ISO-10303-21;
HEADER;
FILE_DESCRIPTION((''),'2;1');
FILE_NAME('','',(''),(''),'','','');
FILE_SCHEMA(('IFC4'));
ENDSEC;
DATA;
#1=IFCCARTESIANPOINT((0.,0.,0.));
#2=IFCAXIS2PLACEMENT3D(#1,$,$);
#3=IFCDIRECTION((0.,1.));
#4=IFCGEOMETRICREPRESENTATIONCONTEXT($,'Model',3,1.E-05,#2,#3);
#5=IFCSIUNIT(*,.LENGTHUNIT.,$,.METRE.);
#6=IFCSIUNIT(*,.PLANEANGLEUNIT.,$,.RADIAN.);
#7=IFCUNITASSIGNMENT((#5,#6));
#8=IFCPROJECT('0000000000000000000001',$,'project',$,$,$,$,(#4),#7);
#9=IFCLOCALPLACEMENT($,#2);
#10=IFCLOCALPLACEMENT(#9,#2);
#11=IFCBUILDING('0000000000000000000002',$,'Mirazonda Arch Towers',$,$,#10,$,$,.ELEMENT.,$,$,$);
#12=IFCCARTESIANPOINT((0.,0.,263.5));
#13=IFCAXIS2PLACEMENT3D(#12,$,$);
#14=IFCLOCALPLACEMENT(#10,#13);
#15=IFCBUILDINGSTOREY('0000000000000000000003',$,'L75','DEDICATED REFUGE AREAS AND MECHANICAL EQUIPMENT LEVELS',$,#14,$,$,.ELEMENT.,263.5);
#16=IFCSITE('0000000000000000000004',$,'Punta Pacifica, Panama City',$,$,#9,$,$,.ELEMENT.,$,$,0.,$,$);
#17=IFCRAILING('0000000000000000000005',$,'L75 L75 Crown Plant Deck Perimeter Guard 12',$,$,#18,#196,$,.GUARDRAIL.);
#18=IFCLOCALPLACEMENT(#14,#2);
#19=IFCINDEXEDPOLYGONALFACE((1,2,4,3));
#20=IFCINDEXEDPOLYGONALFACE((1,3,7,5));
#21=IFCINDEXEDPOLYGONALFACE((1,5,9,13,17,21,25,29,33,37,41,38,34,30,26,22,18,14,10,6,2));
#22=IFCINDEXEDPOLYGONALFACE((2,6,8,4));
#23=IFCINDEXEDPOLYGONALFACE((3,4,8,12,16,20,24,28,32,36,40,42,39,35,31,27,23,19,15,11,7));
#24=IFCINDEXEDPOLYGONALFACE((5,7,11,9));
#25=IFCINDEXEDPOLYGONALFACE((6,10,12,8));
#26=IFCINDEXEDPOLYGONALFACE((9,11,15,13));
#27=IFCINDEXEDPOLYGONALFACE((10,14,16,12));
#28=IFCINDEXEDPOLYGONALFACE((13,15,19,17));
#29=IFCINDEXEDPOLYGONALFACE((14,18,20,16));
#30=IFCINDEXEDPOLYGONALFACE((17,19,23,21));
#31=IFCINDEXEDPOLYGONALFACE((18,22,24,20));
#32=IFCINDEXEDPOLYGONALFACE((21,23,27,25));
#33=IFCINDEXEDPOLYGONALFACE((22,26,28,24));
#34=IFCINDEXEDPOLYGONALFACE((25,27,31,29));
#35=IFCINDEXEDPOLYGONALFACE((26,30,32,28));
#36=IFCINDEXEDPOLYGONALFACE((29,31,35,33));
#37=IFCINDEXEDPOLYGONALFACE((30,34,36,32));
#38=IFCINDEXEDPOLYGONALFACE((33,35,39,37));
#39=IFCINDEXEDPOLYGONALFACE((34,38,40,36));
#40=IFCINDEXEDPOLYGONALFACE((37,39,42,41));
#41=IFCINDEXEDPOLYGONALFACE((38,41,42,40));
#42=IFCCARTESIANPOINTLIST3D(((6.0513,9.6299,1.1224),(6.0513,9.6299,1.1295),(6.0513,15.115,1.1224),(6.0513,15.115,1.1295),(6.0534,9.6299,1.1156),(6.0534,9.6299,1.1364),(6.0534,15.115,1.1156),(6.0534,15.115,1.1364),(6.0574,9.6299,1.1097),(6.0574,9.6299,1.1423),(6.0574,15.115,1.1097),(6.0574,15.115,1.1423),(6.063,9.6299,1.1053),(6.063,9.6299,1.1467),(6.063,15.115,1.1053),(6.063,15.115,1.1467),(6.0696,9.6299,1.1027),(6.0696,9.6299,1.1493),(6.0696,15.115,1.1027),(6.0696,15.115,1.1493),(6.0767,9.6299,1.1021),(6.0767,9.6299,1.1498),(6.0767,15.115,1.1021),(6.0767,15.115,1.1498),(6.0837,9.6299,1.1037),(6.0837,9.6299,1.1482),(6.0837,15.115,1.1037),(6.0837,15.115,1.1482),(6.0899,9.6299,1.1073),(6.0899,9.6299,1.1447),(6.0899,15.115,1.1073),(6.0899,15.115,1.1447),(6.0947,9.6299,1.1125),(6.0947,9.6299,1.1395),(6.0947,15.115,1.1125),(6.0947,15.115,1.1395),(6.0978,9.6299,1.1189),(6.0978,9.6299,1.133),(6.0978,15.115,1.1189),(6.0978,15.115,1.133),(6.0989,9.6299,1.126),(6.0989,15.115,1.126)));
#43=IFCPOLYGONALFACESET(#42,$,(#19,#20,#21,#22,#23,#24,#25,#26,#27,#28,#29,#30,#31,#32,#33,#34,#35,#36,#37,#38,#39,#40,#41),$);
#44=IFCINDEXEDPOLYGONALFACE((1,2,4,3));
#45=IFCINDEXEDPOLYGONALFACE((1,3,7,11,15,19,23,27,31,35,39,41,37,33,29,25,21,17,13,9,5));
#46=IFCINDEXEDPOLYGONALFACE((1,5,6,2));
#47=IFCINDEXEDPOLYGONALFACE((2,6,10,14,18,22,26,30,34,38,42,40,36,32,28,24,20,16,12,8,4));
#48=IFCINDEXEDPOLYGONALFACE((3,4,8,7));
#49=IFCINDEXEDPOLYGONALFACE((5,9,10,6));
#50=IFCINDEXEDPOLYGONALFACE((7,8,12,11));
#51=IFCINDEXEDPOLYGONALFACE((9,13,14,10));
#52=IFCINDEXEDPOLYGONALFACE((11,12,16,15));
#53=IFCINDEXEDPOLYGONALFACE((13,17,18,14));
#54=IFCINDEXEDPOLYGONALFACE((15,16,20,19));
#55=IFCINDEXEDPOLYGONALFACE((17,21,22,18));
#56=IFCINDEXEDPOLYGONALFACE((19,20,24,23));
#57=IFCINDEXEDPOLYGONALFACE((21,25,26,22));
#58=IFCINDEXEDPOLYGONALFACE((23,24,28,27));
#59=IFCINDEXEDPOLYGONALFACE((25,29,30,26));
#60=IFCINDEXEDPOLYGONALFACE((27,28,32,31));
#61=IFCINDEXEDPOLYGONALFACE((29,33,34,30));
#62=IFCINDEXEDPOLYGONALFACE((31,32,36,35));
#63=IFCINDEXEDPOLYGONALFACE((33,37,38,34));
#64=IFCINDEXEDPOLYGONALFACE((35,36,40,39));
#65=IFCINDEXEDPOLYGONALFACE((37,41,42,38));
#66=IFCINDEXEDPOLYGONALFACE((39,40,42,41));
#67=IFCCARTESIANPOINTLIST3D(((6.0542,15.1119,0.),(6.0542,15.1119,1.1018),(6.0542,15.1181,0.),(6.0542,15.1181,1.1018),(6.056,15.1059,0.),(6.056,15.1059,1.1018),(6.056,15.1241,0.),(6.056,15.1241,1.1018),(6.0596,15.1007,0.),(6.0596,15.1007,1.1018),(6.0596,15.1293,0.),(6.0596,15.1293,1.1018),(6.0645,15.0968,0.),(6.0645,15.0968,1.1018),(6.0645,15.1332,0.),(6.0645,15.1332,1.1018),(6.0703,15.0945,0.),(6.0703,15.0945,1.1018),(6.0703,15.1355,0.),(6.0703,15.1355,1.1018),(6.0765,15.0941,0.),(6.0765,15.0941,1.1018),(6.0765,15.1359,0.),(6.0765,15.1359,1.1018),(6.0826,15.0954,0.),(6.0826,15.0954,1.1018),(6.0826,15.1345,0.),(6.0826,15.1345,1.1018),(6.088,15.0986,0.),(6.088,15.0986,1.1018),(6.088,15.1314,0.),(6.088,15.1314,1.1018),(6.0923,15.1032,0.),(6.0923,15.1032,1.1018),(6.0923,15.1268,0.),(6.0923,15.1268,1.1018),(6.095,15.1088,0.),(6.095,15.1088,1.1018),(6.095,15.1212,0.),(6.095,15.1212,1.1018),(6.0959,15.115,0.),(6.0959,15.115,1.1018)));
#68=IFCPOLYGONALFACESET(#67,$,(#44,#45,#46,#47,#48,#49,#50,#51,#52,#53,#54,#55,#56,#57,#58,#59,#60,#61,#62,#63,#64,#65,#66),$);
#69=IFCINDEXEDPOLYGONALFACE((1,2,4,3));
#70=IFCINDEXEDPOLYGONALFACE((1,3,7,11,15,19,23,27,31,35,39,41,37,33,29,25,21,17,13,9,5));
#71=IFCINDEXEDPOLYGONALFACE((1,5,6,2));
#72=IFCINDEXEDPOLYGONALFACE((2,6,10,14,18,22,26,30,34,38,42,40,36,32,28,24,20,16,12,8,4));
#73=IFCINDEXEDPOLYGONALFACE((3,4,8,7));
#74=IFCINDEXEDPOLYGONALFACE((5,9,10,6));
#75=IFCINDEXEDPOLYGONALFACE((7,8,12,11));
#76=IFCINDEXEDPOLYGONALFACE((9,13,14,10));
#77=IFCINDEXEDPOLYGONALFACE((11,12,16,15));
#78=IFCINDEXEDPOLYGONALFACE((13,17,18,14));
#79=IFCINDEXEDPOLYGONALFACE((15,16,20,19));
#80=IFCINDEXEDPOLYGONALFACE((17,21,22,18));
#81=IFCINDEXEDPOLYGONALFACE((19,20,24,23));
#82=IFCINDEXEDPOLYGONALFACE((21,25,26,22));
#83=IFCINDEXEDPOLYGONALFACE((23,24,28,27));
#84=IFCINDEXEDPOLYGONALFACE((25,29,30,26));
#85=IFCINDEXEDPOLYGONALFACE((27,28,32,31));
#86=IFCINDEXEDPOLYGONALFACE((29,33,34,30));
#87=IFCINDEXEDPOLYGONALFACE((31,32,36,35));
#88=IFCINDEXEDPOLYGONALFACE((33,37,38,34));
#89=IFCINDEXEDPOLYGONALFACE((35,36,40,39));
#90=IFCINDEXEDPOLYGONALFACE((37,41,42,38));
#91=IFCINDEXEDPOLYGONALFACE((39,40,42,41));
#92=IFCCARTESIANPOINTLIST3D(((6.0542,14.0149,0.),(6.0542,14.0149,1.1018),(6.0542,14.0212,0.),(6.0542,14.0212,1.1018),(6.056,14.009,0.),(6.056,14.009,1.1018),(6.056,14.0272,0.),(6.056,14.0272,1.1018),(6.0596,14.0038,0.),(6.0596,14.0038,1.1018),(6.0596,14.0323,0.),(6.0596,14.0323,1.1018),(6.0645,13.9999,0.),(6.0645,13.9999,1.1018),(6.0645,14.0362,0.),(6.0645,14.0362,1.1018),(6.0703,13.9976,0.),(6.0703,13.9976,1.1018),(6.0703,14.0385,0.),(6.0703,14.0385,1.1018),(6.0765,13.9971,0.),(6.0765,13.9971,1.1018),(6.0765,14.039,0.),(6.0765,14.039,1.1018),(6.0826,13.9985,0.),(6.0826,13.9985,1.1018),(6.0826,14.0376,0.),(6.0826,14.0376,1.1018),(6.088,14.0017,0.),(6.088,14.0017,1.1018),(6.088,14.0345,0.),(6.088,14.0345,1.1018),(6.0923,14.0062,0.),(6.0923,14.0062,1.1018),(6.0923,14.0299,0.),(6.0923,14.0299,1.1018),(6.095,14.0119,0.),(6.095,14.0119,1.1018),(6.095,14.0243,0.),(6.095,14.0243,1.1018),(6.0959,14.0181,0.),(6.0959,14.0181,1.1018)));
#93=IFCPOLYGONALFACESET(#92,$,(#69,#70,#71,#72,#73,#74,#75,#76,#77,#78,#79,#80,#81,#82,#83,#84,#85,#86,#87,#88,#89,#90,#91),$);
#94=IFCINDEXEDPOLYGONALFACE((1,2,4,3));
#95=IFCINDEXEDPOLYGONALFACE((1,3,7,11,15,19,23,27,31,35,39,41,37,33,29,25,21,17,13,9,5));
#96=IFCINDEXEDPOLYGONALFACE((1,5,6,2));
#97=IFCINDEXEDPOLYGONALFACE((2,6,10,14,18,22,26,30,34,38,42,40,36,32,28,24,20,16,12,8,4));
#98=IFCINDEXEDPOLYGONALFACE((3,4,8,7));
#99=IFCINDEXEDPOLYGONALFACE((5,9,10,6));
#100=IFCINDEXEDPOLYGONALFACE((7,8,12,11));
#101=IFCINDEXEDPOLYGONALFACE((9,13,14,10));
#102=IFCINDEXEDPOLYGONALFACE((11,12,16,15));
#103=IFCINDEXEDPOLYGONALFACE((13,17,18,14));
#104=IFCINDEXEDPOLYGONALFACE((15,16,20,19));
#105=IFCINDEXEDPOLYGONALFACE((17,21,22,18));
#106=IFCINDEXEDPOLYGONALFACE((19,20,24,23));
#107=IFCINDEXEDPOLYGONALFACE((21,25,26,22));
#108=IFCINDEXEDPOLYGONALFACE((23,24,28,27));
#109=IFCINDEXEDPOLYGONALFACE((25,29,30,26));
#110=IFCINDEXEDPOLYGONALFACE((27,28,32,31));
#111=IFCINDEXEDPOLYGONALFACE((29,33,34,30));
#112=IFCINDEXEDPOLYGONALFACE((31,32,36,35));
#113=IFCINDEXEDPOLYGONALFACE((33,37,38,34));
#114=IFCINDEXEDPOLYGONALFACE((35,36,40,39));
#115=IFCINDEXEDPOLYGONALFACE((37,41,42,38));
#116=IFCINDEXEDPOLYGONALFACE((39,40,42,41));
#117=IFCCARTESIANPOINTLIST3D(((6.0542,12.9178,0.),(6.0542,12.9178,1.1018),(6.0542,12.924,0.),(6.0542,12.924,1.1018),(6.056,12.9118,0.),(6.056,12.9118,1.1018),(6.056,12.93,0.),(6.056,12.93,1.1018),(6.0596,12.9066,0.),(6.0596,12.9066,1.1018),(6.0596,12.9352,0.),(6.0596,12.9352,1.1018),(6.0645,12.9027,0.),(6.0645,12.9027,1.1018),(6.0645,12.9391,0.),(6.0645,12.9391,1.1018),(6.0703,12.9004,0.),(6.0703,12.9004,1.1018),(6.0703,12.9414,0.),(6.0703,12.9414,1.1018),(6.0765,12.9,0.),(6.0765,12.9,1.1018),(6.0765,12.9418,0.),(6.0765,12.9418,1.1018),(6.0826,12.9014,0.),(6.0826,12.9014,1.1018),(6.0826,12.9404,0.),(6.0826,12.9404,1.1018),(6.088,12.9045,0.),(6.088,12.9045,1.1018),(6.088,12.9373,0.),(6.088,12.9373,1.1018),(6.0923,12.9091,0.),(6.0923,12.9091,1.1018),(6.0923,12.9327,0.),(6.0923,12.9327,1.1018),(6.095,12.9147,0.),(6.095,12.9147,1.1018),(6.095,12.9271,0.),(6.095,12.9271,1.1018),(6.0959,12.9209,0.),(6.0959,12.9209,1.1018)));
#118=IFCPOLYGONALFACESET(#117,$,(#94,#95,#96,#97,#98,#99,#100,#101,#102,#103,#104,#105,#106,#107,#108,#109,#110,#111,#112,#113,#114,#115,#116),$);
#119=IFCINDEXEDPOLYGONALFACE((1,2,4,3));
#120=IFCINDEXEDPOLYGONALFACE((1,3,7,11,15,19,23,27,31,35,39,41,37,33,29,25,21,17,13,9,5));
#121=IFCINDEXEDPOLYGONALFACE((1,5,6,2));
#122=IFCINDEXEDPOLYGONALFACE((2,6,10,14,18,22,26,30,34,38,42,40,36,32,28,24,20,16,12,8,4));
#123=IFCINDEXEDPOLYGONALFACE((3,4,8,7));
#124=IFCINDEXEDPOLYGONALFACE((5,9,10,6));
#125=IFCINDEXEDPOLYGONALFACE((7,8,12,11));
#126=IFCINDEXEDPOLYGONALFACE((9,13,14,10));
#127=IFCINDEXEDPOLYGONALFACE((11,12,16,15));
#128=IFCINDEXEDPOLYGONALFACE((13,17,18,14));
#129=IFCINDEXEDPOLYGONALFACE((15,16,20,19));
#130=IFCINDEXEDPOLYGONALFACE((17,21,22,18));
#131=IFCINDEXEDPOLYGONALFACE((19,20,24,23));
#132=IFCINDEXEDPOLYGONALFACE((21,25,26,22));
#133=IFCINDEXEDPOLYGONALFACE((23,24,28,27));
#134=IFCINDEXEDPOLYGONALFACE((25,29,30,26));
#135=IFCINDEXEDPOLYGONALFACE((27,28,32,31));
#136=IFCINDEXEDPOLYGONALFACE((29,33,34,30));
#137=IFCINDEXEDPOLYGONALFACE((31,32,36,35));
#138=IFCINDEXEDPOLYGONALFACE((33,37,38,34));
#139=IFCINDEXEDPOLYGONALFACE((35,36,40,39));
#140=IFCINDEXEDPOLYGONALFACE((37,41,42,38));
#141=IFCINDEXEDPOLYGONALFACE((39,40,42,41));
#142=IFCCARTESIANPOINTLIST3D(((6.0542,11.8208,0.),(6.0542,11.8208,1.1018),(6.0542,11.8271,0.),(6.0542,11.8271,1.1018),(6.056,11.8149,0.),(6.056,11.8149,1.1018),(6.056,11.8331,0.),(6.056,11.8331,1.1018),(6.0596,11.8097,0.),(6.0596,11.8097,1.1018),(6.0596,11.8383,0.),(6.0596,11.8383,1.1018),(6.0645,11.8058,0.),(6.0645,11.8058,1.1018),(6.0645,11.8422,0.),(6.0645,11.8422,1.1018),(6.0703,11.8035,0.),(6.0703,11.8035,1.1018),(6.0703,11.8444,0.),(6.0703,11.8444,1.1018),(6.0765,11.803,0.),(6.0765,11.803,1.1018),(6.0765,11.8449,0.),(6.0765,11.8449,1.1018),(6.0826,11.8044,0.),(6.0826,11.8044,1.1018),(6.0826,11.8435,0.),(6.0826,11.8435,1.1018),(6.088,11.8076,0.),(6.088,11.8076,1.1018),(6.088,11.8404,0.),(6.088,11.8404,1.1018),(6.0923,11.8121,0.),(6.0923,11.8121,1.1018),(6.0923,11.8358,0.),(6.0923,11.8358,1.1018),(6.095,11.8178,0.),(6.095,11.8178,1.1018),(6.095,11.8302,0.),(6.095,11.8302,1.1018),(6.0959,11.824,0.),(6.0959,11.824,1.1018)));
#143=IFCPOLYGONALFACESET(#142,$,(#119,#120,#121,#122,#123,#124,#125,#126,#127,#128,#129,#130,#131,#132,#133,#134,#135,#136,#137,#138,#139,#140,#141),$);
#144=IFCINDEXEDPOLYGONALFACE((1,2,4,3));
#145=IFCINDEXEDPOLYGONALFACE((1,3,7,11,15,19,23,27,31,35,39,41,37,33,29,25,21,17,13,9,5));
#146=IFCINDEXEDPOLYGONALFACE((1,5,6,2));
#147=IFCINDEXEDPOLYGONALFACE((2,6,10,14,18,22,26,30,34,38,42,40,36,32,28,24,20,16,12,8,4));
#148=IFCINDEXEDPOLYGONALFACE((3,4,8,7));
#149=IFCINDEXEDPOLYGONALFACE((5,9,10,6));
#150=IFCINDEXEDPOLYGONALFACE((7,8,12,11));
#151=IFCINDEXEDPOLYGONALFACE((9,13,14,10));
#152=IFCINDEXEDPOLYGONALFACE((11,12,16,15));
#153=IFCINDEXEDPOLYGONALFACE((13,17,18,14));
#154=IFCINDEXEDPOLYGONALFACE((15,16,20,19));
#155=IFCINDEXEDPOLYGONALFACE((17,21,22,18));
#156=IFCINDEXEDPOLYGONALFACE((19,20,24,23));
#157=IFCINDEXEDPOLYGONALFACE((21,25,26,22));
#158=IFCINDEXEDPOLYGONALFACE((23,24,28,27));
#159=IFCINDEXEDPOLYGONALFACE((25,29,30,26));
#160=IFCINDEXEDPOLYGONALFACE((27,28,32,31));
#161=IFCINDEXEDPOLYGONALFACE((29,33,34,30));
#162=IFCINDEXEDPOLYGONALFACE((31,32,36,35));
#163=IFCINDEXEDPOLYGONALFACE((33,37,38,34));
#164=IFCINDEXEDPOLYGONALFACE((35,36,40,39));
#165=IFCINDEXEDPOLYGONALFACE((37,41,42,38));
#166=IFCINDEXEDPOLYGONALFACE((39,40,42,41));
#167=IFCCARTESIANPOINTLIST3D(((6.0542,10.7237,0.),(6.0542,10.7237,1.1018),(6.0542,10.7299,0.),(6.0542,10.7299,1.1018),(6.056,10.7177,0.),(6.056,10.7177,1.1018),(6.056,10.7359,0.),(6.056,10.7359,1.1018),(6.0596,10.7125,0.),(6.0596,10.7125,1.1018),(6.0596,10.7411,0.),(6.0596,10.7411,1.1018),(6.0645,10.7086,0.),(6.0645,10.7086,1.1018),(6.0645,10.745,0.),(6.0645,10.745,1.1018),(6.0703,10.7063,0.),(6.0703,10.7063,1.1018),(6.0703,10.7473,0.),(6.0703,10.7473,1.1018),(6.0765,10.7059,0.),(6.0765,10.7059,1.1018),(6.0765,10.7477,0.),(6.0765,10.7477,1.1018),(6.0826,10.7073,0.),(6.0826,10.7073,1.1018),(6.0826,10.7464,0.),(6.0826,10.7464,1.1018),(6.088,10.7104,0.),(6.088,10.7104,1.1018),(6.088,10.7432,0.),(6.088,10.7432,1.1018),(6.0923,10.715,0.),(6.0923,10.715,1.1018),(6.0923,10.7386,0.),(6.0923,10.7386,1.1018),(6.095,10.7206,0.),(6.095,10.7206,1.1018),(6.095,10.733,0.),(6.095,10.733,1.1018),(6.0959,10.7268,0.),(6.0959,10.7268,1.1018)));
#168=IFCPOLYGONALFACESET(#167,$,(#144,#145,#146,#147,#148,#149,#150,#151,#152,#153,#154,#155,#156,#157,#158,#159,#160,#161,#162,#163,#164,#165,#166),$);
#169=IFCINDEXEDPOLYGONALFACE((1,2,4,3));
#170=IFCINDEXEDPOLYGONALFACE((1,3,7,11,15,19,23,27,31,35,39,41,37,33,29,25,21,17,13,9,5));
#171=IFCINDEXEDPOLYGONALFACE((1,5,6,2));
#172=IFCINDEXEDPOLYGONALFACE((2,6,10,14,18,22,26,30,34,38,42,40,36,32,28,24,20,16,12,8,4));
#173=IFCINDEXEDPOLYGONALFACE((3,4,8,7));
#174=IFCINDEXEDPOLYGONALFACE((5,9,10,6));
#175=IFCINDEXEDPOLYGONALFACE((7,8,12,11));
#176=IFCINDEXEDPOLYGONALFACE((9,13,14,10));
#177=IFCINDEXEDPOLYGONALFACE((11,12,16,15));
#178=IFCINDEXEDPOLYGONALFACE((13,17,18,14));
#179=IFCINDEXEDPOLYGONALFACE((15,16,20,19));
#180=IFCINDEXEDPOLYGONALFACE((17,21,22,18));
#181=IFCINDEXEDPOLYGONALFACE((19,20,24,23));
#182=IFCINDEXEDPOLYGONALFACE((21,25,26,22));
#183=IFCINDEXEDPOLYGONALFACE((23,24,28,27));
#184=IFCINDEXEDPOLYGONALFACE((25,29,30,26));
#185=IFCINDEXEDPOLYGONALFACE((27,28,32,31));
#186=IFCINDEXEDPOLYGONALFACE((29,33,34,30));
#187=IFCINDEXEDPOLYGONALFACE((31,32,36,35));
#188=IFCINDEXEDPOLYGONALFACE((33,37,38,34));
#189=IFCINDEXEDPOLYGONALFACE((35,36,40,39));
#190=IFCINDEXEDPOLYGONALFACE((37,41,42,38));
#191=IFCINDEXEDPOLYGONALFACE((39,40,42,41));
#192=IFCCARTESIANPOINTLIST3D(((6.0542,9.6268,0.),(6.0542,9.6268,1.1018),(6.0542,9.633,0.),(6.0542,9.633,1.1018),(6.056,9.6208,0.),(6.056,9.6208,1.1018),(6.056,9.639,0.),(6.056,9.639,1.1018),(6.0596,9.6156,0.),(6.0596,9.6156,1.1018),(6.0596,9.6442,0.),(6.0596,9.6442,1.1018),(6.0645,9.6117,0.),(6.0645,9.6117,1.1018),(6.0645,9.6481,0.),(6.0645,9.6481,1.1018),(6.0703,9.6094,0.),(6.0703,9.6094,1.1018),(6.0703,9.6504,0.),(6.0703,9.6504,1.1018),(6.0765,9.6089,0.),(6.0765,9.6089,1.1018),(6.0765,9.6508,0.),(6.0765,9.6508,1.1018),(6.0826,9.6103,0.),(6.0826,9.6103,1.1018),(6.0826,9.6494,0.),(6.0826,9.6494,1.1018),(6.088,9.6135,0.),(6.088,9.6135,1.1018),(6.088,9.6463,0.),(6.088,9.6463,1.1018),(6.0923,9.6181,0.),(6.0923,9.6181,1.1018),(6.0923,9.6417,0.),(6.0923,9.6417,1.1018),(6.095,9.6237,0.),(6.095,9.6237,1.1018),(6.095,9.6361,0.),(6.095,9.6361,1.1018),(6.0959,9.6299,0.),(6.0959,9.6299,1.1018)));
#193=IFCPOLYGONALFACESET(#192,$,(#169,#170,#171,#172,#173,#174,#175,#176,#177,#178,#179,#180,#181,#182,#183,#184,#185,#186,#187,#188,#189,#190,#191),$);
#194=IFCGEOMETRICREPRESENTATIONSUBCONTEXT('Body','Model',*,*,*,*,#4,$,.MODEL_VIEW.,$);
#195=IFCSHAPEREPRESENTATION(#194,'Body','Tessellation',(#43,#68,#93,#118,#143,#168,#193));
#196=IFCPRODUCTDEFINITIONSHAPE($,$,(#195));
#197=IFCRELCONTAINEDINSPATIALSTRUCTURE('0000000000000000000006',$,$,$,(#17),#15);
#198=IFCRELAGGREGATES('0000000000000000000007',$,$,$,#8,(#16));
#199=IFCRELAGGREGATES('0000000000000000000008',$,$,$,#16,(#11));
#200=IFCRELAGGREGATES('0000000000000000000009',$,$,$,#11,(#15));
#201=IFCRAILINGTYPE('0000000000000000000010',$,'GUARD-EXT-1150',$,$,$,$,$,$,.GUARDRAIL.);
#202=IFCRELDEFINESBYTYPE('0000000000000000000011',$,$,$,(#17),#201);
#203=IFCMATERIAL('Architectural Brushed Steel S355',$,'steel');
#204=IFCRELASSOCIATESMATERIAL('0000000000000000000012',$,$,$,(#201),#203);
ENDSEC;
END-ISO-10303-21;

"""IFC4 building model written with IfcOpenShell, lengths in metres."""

from ifc_helpers import new_model, si_unit, direction, frame, origin, origin_2d, place, context, subcontext, project, spatial, circle, extrude, material, type_object, element, save


model = new_model("IFC4")

# Units and contexts
model_context = context("Model", 3, precision=1e-05, world=origin(), true_north=direction((0.0, 1.0)))
body_context = subcontext(model_context, "Body", "Model", "MODEL_VIEW")
ifc_project = project(units=[si_unit("LENGTHUNIT", "METRE"), si_unit("PLANEANGLEUNIT", "RADIAN")], contexts=[model_context])

# Site, building, storey
site_placement = place(None, origin())
site = spatial("IfcSite", under=ifc_project, at=site_placement, Name="Punta Pacifica, Panama City", CompositionType="ELEMENT", RefElevation=0.0)
building_placement = place(site_placement, origin())
building = spatial("IfcBuilding", under=site, at=building_placement, Name="Mirazonda Arch Towers", CompositionType="ELEMENT")
storey_placement = place(building_placement, frame((0.0, 0.0, 263.5)))
storey = spatial("IfcBuildingStorey", under=building, at=storey_placement, Name="L75", Description="DEDICATED REFUGE AREAS AND MECHANICAL EQUIPMENT LEVELS", CompositionType="ELEMENT", Elevation=263.5)

# Railing
ifc_material_1 = material(Name="Architectural Brushed Steel S355", Category="steel")
railing_type = type_object("IfcRailingType", Name="GUARD-EXT-1150", PredefinedType="GUARDRAIL", material=ifc_material_1)
railing_1_placement = place(storey_placement, frame((6.075, 15.115, 0.0)))
element("IfcRailing", 1, at=railing_1_placement, inside=storey, type_object=railing_type, Name="L75 L75 Crown Plant Deck Perimeter Guard 12", PredefinedType="GUARDRAIL", context=body_context, shape_type="SweptSolid", body=[
    extrude(circle(Radius=0.0239, at=origin_2d()), frame((0.0, 0.0, 1.126), z_axis=(0.0, -1.0, 0.0), x_axis=(1.0, 0.0, 0.0)), (0.0, 0.0, 1.0), 5.4851),
    extrude(circle(Radius=0.021, at=origin_2d()), origin(), (0.0, 0.0, 1.0), 1.1018),
    extrude(circle(Radius=0.021, at=origin_2d()), frame((0.0, -1.0969, 0.0)), (0.0, 0.0, 1.0), 1.1018),
    extrude(circle(Radius=0.021, at=origin_2d()), frame((0.0, -2.1941, 0.0)), (0.0, 0.0, 1.0), 1.1018),
    extrude(circle(Radius=0.021, at=origin_2d()), frame((0.0, -3.291, 0.0)), (0.0, 0.0, 1.0), 1.1018),
    extrude(circle(Radius=0.021, at=origin_2d()), frame((0.0, -4.3882, 0.0)), (0.0, 0.0, 1.0), 1.1018),
    extrude(circle(Radius=0.021, at=origin_2d()), frame((0.0, -5.4851, 0.0)), (0.0, 0.0, 1.0), 1.1018),
])

save(model, "model.ifc")
